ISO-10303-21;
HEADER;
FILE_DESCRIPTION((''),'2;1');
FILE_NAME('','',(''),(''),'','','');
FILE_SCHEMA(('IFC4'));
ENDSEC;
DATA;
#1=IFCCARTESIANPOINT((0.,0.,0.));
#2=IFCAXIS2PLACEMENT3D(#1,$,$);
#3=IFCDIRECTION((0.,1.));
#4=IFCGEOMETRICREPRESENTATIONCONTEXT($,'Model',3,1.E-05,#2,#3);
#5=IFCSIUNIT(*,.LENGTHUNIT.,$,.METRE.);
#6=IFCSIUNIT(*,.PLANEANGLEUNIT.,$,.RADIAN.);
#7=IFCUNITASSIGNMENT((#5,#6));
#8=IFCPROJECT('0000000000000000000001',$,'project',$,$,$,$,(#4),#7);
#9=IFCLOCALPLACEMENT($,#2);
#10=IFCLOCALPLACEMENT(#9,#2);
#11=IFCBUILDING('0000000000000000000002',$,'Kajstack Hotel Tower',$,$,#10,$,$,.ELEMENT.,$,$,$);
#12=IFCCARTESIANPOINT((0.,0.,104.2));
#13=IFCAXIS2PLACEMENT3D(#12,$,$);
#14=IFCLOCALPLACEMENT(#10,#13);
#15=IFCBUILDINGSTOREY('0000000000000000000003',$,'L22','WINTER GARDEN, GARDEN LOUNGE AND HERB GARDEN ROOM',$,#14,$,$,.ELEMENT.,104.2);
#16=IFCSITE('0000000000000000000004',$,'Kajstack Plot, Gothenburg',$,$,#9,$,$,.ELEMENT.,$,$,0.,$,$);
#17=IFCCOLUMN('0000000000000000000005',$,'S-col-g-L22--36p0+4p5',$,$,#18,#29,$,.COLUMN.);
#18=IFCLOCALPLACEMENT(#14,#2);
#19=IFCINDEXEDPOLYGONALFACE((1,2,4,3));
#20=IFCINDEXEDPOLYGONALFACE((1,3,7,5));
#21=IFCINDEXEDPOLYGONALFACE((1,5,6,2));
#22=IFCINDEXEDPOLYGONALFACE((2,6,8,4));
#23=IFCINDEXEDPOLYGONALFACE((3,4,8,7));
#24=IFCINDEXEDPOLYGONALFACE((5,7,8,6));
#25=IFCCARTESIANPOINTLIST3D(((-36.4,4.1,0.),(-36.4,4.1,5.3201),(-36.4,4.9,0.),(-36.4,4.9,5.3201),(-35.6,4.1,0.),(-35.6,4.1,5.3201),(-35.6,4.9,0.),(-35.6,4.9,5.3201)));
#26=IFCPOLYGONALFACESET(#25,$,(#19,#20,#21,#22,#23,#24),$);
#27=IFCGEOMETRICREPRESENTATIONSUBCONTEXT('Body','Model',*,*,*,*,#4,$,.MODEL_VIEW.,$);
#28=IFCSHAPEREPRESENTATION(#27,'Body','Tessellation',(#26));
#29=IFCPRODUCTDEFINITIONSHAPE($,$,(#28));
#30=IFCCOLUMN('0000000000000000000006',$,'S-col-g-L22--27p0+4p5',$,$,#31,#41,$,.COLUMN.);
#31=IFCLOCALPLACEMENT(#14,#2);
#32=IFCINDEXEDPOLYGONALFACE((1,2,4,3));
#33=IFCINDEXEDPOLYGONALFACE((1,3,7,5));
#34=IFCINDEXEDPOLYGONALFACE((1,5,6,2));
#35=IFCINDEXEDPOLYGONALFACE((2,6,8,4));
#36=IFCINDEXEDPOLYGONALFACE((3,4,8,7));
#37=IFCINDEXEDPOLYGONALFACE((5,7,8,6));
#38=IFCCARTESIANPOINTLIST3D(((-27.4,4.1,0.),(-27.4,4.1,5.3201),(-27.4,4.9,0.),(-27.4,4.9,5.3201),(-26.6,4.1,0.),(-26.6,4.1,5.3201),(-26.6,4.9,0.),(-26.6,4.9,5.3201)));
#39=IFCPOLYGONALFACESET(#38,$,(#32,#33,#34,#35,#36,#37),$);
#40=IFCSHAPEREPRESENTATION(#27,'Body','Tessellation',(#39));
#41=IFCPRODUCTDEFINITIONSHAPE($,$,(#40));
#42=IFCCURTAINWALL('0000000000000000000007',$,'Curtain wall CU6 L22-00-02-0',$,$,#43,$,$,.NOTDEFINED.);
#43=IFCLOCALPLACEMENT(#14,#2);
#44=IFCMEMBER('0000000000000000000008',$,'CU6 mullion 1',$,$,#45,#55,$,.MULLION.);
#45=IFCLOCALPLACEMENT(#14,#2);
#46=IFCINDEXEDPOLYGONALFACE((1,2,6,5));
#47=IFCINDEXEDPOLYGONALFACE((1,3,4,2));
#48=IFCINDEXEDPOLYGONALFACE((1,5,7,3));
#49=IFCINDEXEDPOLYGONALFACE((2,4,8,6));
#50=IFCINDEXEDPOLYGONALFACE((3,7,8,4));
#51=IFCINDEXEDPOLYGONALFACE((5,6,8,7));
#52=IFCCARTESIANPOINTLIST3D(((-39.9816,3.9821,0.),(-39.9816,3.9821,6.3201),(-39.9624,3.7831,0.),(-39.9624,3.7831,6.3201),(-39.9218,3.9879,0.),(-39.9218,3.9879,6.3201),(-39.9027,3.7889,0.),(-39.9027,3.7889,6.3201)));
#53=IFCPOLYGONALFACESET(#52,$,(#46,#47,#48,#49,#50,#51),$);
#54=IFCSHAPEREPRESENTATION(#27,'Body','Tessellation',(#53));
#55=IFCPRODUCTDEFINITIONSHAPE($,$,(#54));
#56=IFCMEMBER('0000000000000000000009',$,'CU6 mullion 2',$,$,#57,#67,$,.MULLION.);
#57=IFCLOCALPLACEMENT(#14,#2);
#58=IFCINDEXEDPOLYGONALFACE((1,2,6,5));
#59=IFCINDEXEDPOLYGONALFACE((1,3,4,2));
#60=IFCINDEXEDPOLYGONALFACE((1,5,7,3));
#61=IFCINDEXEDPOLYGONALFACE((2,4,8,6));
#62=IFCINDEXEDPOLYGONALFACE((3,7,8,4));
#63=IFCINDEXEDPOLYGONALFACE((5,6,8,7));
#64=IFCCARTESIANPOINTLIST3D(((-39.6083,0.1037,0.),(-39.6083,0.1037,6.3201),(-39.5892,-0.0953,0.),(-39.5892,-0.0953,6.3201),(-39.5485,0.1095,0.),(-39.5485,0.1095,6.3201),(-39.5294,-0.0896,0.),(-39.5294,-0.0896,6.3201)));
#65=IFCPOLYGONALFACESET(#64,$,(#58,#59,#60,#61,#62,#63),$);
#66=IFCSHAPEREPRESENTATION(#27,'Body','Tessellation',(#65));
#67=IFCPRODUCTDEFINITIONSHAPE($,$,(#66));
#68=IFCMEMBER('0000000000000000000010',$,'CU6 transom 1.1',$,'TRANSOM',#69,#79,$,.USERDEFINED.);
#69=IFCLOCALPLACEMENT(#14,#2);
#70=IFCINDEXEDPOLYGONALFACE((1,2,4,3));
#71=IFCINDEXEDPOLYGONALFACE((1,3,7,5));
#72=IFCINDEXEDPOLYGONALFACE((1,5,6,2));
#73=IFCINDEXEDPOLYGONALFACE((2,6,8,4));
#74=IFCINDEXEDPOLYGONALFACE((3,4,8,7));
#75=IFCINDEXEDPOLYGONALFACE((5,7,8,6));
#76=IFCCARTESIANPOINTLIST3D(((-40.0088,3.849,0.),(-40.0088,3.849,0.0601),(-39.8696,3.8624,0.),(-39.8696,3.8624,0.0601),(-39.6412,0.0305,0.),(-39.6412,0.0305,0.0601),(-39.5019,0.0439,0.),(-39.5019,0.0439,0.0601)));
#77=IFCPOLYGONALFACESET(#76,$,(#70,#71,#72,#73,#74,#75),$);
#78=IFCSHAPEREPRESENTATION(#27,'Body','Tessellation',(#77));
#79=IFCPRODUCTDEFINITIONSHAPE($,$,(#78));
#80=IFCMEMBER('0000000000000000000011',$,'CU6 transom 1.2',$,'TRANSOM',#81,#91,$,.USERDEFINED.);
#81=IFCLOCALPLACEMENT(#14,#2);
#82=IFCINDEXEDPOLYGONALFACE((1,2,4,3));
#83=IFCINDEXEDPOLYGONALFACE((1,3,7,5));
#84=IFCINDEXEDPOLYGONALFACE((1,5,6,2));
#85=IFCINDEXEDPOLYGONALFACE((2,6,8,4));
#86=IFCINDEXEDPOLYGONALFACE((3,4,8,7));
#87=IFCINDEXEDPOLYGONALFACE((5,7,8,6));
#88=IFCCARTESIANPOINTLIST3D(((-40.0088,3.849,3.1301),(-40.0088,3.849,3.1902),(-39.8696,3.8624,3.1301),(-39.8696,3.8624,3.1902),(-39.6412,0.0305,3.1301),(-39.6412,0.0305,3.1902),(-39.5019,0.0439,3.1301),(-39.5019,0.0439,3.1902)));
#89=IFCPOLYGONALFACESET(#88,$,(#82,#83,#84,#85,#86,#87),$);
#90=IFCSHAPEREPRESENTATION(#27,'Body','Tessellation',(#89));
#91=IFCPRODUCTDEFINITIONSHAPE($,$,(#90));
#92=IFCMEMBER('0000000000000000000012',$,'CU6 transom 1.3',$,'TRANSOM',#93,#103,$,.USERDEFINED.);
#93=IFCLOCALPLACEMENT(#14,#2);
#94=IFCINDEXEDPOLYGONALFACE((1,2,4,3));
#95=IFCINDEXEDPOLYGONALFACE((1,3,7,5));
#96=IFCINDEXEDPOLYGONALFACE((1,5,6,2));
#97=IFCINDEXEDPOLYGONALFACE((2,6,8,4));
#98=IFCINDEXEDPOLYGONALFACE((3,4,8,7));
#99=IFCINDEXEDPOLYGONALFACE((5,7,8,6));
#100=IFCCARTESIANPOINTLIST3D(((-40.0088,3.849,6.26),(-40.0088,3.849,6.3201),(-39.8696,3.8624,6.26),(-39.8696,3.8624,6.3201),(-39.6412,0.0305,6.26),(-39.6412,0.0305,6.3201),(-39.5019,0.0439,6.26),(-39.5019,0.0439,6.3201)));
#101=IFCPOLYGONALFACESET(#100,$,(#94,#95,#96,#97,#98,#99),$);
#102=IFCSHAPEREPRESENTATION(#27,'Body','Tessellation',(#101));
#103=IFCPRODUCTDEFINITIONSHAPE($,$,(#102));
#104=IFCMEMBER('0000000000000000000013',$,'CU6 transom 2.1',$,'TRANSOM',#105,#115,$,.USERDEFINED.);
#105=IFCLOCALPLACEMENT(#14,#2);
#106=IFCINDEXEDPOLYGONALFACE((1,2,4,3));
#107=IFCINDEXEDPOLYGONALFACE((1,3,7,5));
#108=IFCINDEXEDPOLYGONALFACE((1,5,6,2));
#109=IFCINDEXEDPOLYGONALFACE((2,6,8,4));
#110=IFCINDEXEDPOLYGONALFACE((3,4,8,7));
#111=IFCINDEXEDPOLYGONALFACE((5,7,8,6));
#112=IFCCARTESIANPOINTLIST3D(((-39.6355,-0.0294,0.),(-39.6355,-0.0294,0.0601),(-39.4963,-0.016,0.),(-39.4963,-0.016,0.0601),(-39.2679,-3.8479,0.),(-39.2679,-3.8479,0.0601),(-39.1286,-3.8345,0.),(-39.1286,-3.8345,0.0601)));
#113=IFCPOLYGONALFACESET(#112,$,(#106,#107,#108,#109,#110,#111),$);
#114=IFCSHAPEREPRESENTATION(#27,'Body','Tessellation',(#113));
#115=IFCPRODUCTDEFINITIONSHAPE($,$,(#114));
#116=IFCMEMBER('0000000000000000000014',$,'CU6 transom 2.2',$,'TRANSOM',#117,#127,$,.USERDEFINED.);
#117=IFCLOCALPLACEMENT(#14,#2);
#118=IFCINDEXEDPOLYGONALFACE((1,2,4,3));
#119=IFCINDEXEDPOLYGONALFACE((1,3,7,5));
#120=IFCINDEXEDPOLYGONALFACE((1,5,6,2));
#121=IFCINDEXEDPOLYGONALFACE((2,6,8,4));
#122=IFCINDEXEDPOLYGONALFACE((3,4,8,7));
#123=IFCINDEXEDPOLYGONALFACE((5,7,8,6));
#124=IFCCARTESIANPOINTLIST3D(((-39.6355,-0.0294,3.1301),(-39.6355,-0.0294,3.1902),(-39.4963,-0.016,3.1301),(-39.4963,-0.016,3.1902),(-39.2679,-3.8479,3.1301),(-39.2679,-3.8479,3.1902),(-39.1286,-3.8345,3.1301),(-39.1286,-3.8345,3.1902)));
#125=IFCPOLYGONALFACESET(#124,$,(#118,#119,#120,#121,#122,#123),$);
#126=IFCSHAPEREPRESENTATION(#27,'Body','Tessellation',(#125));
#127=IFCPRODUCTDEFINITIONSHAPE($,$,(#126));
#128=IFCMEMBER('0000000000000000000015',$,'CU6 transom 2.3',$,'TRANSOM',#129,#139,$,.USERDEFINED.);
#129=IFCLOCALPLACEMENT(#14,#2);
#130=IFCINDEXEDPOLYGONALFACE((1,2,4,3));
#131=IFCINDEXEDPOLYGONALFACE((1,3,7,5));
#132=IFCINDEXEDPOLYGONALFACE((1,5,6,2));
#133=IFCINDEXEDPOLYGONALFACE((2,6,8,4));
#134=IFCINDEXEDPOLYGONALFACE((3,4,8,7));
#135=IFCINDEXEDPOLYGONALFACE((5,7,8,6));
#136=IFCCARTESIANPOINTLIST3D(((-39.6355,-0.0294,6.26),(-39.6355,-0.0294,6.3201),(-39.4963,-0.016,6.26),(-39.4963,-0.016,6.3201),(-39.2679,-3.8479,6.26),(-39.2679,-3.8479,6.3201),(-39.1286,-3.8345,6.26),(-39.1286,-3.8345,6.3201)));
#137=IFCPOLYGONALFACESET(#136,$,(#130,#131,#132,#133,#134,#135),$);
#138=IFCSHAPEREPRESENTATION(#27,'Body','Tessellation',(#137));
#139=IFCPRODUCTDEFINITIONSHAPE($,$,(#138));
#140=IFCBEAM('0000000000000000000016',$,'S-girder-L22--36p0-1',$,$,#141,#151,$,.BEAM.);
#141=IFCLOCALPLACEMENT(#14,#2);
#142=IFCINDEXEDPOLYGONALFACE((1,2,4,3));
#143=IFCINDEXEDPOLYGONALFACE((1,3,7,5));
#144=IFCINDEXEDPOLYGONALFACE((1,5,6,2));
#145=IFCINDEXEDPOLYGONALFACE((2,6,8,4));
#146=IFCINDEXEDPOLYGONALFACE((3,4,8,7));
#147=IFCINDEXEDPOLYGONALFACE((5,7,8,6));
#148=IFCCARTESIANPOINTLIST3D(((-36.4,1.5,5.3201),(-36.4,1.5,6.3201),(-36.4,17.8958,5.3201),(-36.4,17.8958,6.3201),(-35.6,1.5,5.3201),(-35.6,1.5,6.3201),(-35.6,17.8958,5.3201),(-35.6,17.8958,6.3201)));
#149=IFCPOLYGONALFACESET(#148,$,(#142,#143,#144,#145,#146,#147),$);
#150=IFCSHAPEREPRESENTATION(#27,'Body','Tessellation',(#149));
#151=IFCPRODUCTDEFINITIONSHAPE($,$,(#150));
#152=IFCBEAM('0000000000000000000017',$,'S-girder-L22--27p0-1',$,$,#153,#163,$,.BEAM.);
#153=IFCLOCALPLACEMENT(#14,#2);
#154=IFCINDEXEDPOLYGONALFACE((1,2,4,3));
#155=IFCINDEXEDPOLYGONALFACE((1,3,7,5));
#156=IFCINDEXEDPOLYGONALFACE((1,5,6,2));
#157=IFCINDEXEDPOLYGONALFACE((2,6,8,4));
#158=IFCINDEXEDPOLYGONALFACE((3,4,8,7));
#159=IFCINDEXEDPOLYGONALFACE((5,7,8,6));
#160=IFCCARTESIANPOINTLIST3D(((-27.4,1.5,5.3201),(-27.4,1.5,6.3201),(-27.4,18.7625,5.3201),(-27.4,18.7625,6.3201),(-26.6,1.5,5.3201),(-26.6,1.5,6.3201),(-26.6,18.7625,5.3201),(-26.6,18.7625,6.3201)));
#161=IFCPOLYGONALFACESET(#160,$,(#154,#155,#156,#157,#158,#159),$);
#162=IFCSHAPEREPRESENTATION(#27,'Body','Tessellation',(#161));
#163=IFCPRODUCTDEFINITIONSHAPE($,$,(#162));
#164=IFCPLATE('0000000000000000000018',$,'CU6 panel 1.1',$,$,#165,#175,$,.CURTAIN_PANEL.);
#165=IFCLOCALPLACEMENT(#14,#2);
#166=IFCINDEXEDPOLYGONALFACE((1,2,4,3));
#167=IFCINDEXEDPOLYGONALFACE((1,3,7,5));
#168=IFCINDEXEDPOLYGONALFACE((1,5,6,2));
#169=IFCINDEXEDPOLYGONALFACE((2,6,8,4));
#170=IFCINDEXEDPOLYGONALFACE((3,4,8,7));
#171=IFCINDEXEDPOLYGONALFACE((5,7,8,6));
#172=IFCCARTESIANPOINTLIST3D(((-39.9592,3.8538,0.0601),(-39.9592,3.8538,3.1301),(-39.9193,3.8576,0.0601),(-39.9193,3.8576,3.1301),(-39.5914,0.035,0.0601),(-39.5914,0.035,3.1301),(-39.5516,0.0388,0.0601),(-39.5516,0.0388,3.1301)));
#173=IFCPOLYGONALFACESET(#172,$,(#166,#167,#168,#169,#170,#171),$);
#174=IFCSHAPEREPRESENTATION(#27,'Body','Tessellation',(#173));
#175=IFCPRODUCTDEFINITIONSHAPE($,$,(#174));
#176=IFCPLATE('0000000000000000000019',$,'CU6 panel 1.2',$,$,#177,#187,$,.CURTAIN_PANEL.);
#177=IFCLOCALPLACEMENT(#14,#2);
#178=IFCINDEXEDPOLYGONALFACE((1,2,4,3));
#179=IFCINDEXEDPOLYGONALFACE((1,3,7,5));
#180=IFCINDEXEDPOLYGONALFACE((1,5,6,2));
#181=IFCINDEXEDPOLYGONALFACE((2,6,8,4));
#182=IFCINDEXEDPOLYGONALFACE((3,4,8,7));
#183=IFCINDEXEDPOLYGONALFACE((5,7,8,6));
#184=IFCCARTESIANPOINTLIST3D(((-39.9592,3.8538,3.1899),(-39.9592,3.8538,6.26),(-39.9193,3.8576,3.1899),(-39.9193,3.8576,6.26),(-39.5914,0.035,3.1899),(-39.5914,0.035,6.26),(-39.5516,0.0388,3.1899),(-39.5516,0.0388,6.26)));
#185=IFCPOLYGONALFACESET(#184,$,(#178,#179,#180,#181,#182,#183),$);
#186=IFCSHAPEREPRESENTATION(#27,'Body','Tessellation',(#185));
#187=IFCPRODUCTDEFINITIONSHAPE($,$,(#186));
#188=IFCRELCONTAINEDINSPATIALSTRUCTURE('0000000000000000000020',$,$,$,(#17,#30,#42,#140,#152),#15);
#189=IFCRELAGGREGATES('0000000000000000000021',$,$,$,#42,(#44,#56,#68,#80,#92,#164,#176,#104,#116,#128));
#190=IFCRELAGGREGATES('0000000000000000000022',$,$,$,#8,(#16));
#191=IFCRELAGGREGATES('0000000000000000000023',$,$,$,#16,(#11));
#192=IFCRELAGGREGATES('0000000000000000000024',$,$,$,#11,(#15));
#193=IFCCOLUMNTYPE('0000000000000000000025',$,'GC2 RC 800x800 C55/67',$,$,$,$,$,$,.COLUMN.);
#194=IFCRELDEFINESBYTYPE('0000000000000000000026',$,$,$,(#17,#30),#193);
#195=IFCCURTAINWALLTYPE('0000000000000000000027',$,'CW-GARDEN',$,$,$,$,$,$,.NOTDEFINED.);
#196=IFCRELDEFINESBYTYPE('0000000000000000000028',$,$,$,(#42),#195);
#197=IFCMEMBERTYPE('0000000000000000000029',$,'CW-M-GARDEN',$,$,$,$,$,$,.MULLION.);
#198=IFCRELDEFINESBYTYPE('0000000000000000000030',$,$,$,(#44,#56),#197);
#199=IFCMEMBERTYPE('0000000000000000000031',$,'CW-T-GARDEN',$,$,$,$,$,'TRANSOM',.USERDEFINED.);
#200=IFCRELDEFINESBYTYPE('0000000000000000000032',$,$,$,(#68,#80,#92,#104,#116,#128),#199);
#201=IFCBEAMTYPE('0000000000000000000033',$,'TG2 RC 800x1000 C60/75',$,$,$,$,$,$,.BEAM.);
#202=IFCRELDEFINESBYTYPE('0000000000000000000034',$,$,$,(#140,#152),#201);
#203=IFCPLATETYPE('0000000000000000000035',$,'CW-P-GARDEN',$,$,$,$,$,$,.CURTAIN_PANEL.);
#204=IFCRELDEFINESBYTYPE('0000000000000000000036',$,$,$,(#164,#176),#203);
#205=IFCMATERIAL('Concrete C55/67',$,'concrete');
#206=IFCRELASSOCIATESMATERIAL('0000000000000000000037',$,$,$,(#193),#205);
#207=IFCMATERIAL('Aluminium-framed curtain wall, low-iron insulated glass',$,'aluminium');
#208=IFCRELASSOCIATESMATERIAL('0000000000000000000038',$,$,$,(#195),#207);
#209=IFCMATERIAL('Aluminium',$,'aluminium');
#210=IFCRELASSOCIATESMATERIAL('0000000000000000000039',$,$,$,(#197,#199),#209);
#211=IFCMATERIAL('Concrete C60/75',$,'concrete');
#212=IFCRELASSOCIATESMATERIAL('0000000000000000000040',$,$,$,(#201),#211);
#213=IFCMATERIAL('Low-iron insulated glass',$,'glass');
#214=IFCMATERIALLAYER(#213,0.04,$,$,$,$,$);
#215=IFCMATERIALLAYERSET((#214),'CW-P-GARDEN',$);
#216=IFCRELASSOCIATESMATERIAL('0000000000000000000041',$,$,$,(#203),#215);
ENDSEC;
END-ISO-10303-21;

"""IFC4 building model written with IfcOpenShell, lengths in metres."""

from ifc_helpers import new_model, si_unit, direction, frame, origin, origin_2d, place, context, subcontext, project, spatial, rectangle, extrude, material, layer, layer_set, material_profile, profile_set, type_object, element, aggregate, save


model = new_model("IFC4")

# Units and contexts
model_context = context("Model", 3, precision=1e-05, world=origin(), true_north=direction((0.0, 1.0)))
body_context = subcontext(model_context, "Body", "Model", "MODEL_VIEW")
ifc_project = project(units=[si_unit("LENGTHUNIT", "METRE"), si_unit("PLANEANGLEUNIT", "RADIAN")], contexts=[model_context])

# Site, building, storey
site_placement = place(None, origin())
site = spatial("IfcSite", under=ifc_project, at=site_placement, Name="Kajstack Plot, Gothenburg", CompositionType="ELEMENT", RefElevation=0.0)
building_placement = place(site_placement, origin())
building = spatial("IfcBuilding", under=site, at=building_placement, Name="Kajstack Hotel Tower", CompositionType="ELEMENT")
storey_placement = place(building_placement, frame((0.0, 0.0, 104.2)))
storey = spatial("IfcBuildingStorey", under=building, at=storey_placement, Name="L22", Description="WINTER GARDEN, GARDEN LOUNGE AND HERB GARDEN ROOM", CompositionType="ELEMENT", Elevation=104.2)

# Columns
ifc_material_1 = material(Name="Concrete C55/67", Category="concrete")
ifc_material_profile_1 = material_profile(ifc_material_1, rectangle(XDim=0.8, YDim=0.8, at=origin_2d()), Name="RC 800x800")
ifc_profile_set_1 = profile_set([ifc_material_profile_1], Name="Concrete C55/67")
column_type = type_object("IfcColumnType", Name="GC2 RC 800x800 C55/67", PredefinedType="COLUMN", material=ifc_profile_set_1)
for number, where, z_axis, x_axis, name in (
    (1, (-36.0, 4.5, 0.0), (0.0, 0.0, 1.0), (1.0, 0.0, 0.0), "S-col-g-L22--36p0+4p5"),
    (2, (-27.0, 4.5, 0.0), (0.0, 0.0, 1.0), (1.0, 0.0, 0.0), "S-col-g-L22--27p0+4p5"),
):
    element("IfcColumn", number, at=place(storey_placement, frame(where, z_axis=z_axis, x_axis=x_axis)), inside=storey, type_object=column_type, Name=name, PredefinedType="COLUMN", context=body_context, shape_type="SweptSolid", body=[
        extrude(rectangle(XDim=0.8, YDim=0.8, at=origin_2d()), origin(), (0.0, 0.0, 1.0), 5.3201),
    ])

# Curtain wall, members
ifc_material_2 = material(Name="Aluminium-framed curtain wall, low-iron insulated glass", Category="aluminium")
curtain_wall_type = type_object("IfcCurtainWallType", Name="CW-GARDEN", PredefinedType="NOTDEFINED", material=ifc_material_2)
curtain_wall_placement = place(storey_placement, origin())
curtain_wall = element("IfcCurtainWall", 3, at=curtain_wall_placement, inside=storey, type_object=curtain_wall_type, Name="Curtain wall CU6 L22-00-02-0", PredefinedType="NOTDEFINED")
ifc_material_3 = material(Name="Aluminium", Category="aluminium")
ifc_material_profile_2 = material_profile(ifc_material_3, rectangle(XDim=0.0601, YDim=0.2, at=origin_2d()), Name="Aluminium mullion 60 x 200")
ifc_profile_set_2 = profile_set([ifc_material_profile_2], Name="Aluminium")
member_type_1 = type_object("IfcMemberType", Name="CW-M-GARDEN", PredefinedType="MULLION", material=ifc_profile_set_2)
member_1_placement = place(storey_placement, frame((-39.9421, 3.8855, 0.0), z_axis=(0.0, 0.0, 1.0), x_axis=(0.995396, 0.095846, 0.0)))
member_1 = element("IfcMember", 4, at=member_1_placement, type_object=member_type_1, Name="CU6 mullion 1", PredefinedType="MULLION", context=body_context, shape_type="SweptSolid", body=[
    extrude(rectangle(XDim=0.0601, YDim=0.2, at=origin_2d()), origin(), (0.0, 0.0, 1.0), 6.3201),
])
member_2_placement = place(storey_placement, frame((-39.5688, 0.0071, 0.0), z_axis=(0.0, 0.0, 1.0), x_axis=(0.995396, 0.095846, 0.0)))
member_2 = element("IfcMember", 5, at=member_2_placement, type_object=member_type_1, Name="CU6 mullion 2", PredefinedType="MULLION", context=body_context, shape_type="SweptSolid", body=[
    extrude(rectangle(XDim=0.0601, YDim=0.2, at=origin_2d()), origin(), (0.0, 0.0, 1.0), 6.3201),
])
ifc_material_profile_3 = material_profile(ifc_material_3, rectangle(XDim=0.1399, YDim=0.0601, at=origin_2d()), Name="Aluminium transom 140 x 60")
ifc_profile_set_3 = profile_set([ifc_material_profile_3], Name="Aluminium")
member_type_2 = type_object("IfcMemberType", Name="CW-T-GARDEN", ElementType="TRANSOM", PredefinedType="USERDEFINED", material=ifc_profile_set_3)
member_3_placement = place(storey_placement, frame((-39.9392, 3.8557, 0.03), z_axis=(0.095842, -0.995397, 0.0), x_axis=(0.995397, 0.095842, 0.0)))
member_3 = element("IfcMember", 6, at=member_3_placement, type_object=member_type_2, Name="CU6 transom 1.1", ObjectType="TRANSOM", PredefinedType="USERDEFINED", context=body_context, shape_type="SweptSolid", body=[
    extrude(rectangle(XDim=0.1399, YDim=0.0601, at=origin_2d()), origin(), (0.0, 0.0, 1.0), 3.8362),
])
member_4_placement = place(storey_placement, frame((-39.9392, 3.8557, 3.1602), z_axis=(0.095842, -0.995397, 0.0), x_axis=(0.995397, 0.095842, 0.0)))
member_4 = element("IfcMember", 7, at=member_4_placement, type_object=member_type_2, Name="CU6 transom 1.2", ObjectType="TRANSOM", PredefinedType="USERDEFINED", context=body_context, shape_type="SweptSolid", body=[
    extrude(rectangle(XDim=0.1399, YDim=0.0601, at=origin_2d()), origin(), (0.0, 0.0, 1.0), 3.8362),
])
member_5_placement = place(storey_placement, frame((-39.9392, 3.8557, 6.29), z_axis=(0.095842, -0.995397, 0.0), x_axis=(0.995397, 0.095842, 0.0)))
member_5 = element("IfcMember", 8, at=member_5_placement, type_object=member_type_2, Name="CU6 transom 1.3", ObjectType="TRANSOM", PredefinedType="USERDEFINED", context=body_context, shape_type="SweptSolid", body=[
    extrude(rectangle(XDim=0.1399, YDim=0.0601, at=origin_2d()), origin(), (0.0, 0.0, 1.0), 3.8362),
])
member_6_placement = place(storey_placement, frame((-39.5659, -0.0227, 0.03), z_axis=(0.095842, -0.995397, 0.0), x_axis=(0.995397, 0.095842, 0.0)))
member_6 = element("IfcMember", 9, at=member_6_placement, type_object=member_type_2, Name="CU6 transom 2.1", ObjectType="TRANSOM", PredefinedType="USERDEFINED", context=body_context, shape_type="SweptSolid", body=[
    extrude(rectangle(XDim=0.1399, YDim=0.0601, at=origin_2d()), origin(), (0.0, 0.0, 1.0), 3.8362),
])
member_7_placement = place(storey_placement, frame((-39.5659, -0.0227, 3.1602), z_axis=(0.095842, -0.995397, 0.0), x_axis=(0.995397, 0.095842, 0.0)))
member_7 = element("IfcMember", 10, at=member_7_placement, type_object=member_type_2, Name="CU6 transom 2.2", ObjectType="TRANSOM", PredefinedType="USERDEFINED", context=body_context, shape_type="SweptSolid", body=[
    extrude(rectangle(XDim=0.1399, YDim=0.0601, at=origin_2d()), origin(), (0.0, 0.0, 1.0), 3.8362),
])
member_8_placement = place(storey_placement, frame((-39.5659, -0.0227, 6.29), z_axis=(0.095842, -0.995397, 0.0), x_axis=(0.995397, 0.095842, 0.0)))
member_8 = element("IfcMember", 11, at=member_8_placement, type_object=member_type_2, Name="CU6 transom 2.3", ObjectType="TRANSOM", PredefinedType="USERDEFINED", context=body_context, shape_type="SweptSolid", body=[
    extrude(rectangle(XDim=0.1399, YDim=0.0601, at=origin_2d()), origin(), (0.0, 0.0, 1.0), 3.8362),
])

# Beams
ifc_material_4 = material(Name="Concrete C60/75", Category="concrete")
ifc_material_profile_4 = material_profile(ifc_material_4, rectangle(XDim=0.8, YDim=1.0, at=origin_2d()), Name="RC 800x1000")
ifc_profile_set_4 = profile_set([ifc_material_profile_4], Name="Concrete C60/75")
beam_type = type_object("IfcBeamType", Name="TG2 RC 800x1000 C60/75", PredefinedType="BEAM", material=ifc_profile_set_4)
beam_1_placement = place(storey_placement, frame((-36.0, 1.5, 5.8201), z_axis=(0.0, 1.0, 0.0), x_axis=(-1.0, 0.0, 0.0)))
element("IfcBeam", 12, at=beam_1_placement, inside=storey, type_object=beam_type, Name="S-girder-L22--36p0-1", PredefinedType="BEAM", context=body_context, shape_type="SweptSolid", body=[
    extrude(rectangle(XDim=0.8, YDim=1.0, at=origin_2d()), origin(), (0.0, 0.0, 1.0), 16.3958),
])
beam_2_placement = place(storey_placement, frame((-27.0, 1.5, 5.8201), z_axis=(0.0, 1.0, 0.0), x_axis=(-1.0, 0.0, 0.0)))
element("IfcBeam", 13, at=beam_2_placement, inside=storey, type_object=beam_type, Name="S-girder-L22--27p0-1", PredefinedType="BEAM", context=body_context, shape_type="SweptSolid", body=[
    extrude(rectangle(XDim=0.8, YDim=1.0, at=origin_2d()), origin(), (0.0, 0.0, 1.0), 17.2625),
])

# Plates
ifc_material_5 = material(Name="Low-iron insulated glass", Category="glass")
ifc_layer_1 = layer(ifc_material_5, 0.04)
ifc_layer_set_1 = layer_set([ifc_layer_1], Name="CW-P-GARDEN")
plate_type = type_object("IfcPlateType", Name="CW-P-GARDEN", PredefinedType="CURTAIN_PANEL", material=ifc_layer_set_1)
plate_1_placement = place(storey_placement, frame((-39.7554, 1.9463, 0.0601), z_axis=(0.0, 0.0, 1.0), x_axis=(0.095846, -0.995396, 0.0)))
plate_1 = element("IfcPlate", 14, at=plate_1_placement, type_object=plate_type, Name="CU6 panel 1.1", PredefinedType="CURTAIN_PANEL", context=body_context, shape_type="SweptSolid", body=[
    extrude(rectangle(XDim=3.8364, YDim=0.04, at=origin_2d()), origin(), (0.0, 0.0, 1.0), 3.0701),
])
plate_2_placement = place(storey_placement, frame((-39.7554, 1.9463, 3.1899), z_axis=(0.0, 0.0, 1.0), x_axis=(0.095846, -0.995396, 0.0)))
plate_2 = element("IfcPlate", 15, at=plate_2_placement, type_object=plate_type, Name="CU6 panel 1.2", PredefinedType="CURTAIN_PANEL", context=body_context, shape_type="SweptSolid", body=[
    extrude(rectangle(XDim=3.8364, YDim=0.04, at=origin_2d()), origin(), (0.0, 0.0, 1.0), 3.0701),
])
aggregate(curtain_wall, [member_1, member_2, member_3, member_4, member_5, plate_1, plate_2, member_6, member_7, member_8])

save(model, "model.ifc")
